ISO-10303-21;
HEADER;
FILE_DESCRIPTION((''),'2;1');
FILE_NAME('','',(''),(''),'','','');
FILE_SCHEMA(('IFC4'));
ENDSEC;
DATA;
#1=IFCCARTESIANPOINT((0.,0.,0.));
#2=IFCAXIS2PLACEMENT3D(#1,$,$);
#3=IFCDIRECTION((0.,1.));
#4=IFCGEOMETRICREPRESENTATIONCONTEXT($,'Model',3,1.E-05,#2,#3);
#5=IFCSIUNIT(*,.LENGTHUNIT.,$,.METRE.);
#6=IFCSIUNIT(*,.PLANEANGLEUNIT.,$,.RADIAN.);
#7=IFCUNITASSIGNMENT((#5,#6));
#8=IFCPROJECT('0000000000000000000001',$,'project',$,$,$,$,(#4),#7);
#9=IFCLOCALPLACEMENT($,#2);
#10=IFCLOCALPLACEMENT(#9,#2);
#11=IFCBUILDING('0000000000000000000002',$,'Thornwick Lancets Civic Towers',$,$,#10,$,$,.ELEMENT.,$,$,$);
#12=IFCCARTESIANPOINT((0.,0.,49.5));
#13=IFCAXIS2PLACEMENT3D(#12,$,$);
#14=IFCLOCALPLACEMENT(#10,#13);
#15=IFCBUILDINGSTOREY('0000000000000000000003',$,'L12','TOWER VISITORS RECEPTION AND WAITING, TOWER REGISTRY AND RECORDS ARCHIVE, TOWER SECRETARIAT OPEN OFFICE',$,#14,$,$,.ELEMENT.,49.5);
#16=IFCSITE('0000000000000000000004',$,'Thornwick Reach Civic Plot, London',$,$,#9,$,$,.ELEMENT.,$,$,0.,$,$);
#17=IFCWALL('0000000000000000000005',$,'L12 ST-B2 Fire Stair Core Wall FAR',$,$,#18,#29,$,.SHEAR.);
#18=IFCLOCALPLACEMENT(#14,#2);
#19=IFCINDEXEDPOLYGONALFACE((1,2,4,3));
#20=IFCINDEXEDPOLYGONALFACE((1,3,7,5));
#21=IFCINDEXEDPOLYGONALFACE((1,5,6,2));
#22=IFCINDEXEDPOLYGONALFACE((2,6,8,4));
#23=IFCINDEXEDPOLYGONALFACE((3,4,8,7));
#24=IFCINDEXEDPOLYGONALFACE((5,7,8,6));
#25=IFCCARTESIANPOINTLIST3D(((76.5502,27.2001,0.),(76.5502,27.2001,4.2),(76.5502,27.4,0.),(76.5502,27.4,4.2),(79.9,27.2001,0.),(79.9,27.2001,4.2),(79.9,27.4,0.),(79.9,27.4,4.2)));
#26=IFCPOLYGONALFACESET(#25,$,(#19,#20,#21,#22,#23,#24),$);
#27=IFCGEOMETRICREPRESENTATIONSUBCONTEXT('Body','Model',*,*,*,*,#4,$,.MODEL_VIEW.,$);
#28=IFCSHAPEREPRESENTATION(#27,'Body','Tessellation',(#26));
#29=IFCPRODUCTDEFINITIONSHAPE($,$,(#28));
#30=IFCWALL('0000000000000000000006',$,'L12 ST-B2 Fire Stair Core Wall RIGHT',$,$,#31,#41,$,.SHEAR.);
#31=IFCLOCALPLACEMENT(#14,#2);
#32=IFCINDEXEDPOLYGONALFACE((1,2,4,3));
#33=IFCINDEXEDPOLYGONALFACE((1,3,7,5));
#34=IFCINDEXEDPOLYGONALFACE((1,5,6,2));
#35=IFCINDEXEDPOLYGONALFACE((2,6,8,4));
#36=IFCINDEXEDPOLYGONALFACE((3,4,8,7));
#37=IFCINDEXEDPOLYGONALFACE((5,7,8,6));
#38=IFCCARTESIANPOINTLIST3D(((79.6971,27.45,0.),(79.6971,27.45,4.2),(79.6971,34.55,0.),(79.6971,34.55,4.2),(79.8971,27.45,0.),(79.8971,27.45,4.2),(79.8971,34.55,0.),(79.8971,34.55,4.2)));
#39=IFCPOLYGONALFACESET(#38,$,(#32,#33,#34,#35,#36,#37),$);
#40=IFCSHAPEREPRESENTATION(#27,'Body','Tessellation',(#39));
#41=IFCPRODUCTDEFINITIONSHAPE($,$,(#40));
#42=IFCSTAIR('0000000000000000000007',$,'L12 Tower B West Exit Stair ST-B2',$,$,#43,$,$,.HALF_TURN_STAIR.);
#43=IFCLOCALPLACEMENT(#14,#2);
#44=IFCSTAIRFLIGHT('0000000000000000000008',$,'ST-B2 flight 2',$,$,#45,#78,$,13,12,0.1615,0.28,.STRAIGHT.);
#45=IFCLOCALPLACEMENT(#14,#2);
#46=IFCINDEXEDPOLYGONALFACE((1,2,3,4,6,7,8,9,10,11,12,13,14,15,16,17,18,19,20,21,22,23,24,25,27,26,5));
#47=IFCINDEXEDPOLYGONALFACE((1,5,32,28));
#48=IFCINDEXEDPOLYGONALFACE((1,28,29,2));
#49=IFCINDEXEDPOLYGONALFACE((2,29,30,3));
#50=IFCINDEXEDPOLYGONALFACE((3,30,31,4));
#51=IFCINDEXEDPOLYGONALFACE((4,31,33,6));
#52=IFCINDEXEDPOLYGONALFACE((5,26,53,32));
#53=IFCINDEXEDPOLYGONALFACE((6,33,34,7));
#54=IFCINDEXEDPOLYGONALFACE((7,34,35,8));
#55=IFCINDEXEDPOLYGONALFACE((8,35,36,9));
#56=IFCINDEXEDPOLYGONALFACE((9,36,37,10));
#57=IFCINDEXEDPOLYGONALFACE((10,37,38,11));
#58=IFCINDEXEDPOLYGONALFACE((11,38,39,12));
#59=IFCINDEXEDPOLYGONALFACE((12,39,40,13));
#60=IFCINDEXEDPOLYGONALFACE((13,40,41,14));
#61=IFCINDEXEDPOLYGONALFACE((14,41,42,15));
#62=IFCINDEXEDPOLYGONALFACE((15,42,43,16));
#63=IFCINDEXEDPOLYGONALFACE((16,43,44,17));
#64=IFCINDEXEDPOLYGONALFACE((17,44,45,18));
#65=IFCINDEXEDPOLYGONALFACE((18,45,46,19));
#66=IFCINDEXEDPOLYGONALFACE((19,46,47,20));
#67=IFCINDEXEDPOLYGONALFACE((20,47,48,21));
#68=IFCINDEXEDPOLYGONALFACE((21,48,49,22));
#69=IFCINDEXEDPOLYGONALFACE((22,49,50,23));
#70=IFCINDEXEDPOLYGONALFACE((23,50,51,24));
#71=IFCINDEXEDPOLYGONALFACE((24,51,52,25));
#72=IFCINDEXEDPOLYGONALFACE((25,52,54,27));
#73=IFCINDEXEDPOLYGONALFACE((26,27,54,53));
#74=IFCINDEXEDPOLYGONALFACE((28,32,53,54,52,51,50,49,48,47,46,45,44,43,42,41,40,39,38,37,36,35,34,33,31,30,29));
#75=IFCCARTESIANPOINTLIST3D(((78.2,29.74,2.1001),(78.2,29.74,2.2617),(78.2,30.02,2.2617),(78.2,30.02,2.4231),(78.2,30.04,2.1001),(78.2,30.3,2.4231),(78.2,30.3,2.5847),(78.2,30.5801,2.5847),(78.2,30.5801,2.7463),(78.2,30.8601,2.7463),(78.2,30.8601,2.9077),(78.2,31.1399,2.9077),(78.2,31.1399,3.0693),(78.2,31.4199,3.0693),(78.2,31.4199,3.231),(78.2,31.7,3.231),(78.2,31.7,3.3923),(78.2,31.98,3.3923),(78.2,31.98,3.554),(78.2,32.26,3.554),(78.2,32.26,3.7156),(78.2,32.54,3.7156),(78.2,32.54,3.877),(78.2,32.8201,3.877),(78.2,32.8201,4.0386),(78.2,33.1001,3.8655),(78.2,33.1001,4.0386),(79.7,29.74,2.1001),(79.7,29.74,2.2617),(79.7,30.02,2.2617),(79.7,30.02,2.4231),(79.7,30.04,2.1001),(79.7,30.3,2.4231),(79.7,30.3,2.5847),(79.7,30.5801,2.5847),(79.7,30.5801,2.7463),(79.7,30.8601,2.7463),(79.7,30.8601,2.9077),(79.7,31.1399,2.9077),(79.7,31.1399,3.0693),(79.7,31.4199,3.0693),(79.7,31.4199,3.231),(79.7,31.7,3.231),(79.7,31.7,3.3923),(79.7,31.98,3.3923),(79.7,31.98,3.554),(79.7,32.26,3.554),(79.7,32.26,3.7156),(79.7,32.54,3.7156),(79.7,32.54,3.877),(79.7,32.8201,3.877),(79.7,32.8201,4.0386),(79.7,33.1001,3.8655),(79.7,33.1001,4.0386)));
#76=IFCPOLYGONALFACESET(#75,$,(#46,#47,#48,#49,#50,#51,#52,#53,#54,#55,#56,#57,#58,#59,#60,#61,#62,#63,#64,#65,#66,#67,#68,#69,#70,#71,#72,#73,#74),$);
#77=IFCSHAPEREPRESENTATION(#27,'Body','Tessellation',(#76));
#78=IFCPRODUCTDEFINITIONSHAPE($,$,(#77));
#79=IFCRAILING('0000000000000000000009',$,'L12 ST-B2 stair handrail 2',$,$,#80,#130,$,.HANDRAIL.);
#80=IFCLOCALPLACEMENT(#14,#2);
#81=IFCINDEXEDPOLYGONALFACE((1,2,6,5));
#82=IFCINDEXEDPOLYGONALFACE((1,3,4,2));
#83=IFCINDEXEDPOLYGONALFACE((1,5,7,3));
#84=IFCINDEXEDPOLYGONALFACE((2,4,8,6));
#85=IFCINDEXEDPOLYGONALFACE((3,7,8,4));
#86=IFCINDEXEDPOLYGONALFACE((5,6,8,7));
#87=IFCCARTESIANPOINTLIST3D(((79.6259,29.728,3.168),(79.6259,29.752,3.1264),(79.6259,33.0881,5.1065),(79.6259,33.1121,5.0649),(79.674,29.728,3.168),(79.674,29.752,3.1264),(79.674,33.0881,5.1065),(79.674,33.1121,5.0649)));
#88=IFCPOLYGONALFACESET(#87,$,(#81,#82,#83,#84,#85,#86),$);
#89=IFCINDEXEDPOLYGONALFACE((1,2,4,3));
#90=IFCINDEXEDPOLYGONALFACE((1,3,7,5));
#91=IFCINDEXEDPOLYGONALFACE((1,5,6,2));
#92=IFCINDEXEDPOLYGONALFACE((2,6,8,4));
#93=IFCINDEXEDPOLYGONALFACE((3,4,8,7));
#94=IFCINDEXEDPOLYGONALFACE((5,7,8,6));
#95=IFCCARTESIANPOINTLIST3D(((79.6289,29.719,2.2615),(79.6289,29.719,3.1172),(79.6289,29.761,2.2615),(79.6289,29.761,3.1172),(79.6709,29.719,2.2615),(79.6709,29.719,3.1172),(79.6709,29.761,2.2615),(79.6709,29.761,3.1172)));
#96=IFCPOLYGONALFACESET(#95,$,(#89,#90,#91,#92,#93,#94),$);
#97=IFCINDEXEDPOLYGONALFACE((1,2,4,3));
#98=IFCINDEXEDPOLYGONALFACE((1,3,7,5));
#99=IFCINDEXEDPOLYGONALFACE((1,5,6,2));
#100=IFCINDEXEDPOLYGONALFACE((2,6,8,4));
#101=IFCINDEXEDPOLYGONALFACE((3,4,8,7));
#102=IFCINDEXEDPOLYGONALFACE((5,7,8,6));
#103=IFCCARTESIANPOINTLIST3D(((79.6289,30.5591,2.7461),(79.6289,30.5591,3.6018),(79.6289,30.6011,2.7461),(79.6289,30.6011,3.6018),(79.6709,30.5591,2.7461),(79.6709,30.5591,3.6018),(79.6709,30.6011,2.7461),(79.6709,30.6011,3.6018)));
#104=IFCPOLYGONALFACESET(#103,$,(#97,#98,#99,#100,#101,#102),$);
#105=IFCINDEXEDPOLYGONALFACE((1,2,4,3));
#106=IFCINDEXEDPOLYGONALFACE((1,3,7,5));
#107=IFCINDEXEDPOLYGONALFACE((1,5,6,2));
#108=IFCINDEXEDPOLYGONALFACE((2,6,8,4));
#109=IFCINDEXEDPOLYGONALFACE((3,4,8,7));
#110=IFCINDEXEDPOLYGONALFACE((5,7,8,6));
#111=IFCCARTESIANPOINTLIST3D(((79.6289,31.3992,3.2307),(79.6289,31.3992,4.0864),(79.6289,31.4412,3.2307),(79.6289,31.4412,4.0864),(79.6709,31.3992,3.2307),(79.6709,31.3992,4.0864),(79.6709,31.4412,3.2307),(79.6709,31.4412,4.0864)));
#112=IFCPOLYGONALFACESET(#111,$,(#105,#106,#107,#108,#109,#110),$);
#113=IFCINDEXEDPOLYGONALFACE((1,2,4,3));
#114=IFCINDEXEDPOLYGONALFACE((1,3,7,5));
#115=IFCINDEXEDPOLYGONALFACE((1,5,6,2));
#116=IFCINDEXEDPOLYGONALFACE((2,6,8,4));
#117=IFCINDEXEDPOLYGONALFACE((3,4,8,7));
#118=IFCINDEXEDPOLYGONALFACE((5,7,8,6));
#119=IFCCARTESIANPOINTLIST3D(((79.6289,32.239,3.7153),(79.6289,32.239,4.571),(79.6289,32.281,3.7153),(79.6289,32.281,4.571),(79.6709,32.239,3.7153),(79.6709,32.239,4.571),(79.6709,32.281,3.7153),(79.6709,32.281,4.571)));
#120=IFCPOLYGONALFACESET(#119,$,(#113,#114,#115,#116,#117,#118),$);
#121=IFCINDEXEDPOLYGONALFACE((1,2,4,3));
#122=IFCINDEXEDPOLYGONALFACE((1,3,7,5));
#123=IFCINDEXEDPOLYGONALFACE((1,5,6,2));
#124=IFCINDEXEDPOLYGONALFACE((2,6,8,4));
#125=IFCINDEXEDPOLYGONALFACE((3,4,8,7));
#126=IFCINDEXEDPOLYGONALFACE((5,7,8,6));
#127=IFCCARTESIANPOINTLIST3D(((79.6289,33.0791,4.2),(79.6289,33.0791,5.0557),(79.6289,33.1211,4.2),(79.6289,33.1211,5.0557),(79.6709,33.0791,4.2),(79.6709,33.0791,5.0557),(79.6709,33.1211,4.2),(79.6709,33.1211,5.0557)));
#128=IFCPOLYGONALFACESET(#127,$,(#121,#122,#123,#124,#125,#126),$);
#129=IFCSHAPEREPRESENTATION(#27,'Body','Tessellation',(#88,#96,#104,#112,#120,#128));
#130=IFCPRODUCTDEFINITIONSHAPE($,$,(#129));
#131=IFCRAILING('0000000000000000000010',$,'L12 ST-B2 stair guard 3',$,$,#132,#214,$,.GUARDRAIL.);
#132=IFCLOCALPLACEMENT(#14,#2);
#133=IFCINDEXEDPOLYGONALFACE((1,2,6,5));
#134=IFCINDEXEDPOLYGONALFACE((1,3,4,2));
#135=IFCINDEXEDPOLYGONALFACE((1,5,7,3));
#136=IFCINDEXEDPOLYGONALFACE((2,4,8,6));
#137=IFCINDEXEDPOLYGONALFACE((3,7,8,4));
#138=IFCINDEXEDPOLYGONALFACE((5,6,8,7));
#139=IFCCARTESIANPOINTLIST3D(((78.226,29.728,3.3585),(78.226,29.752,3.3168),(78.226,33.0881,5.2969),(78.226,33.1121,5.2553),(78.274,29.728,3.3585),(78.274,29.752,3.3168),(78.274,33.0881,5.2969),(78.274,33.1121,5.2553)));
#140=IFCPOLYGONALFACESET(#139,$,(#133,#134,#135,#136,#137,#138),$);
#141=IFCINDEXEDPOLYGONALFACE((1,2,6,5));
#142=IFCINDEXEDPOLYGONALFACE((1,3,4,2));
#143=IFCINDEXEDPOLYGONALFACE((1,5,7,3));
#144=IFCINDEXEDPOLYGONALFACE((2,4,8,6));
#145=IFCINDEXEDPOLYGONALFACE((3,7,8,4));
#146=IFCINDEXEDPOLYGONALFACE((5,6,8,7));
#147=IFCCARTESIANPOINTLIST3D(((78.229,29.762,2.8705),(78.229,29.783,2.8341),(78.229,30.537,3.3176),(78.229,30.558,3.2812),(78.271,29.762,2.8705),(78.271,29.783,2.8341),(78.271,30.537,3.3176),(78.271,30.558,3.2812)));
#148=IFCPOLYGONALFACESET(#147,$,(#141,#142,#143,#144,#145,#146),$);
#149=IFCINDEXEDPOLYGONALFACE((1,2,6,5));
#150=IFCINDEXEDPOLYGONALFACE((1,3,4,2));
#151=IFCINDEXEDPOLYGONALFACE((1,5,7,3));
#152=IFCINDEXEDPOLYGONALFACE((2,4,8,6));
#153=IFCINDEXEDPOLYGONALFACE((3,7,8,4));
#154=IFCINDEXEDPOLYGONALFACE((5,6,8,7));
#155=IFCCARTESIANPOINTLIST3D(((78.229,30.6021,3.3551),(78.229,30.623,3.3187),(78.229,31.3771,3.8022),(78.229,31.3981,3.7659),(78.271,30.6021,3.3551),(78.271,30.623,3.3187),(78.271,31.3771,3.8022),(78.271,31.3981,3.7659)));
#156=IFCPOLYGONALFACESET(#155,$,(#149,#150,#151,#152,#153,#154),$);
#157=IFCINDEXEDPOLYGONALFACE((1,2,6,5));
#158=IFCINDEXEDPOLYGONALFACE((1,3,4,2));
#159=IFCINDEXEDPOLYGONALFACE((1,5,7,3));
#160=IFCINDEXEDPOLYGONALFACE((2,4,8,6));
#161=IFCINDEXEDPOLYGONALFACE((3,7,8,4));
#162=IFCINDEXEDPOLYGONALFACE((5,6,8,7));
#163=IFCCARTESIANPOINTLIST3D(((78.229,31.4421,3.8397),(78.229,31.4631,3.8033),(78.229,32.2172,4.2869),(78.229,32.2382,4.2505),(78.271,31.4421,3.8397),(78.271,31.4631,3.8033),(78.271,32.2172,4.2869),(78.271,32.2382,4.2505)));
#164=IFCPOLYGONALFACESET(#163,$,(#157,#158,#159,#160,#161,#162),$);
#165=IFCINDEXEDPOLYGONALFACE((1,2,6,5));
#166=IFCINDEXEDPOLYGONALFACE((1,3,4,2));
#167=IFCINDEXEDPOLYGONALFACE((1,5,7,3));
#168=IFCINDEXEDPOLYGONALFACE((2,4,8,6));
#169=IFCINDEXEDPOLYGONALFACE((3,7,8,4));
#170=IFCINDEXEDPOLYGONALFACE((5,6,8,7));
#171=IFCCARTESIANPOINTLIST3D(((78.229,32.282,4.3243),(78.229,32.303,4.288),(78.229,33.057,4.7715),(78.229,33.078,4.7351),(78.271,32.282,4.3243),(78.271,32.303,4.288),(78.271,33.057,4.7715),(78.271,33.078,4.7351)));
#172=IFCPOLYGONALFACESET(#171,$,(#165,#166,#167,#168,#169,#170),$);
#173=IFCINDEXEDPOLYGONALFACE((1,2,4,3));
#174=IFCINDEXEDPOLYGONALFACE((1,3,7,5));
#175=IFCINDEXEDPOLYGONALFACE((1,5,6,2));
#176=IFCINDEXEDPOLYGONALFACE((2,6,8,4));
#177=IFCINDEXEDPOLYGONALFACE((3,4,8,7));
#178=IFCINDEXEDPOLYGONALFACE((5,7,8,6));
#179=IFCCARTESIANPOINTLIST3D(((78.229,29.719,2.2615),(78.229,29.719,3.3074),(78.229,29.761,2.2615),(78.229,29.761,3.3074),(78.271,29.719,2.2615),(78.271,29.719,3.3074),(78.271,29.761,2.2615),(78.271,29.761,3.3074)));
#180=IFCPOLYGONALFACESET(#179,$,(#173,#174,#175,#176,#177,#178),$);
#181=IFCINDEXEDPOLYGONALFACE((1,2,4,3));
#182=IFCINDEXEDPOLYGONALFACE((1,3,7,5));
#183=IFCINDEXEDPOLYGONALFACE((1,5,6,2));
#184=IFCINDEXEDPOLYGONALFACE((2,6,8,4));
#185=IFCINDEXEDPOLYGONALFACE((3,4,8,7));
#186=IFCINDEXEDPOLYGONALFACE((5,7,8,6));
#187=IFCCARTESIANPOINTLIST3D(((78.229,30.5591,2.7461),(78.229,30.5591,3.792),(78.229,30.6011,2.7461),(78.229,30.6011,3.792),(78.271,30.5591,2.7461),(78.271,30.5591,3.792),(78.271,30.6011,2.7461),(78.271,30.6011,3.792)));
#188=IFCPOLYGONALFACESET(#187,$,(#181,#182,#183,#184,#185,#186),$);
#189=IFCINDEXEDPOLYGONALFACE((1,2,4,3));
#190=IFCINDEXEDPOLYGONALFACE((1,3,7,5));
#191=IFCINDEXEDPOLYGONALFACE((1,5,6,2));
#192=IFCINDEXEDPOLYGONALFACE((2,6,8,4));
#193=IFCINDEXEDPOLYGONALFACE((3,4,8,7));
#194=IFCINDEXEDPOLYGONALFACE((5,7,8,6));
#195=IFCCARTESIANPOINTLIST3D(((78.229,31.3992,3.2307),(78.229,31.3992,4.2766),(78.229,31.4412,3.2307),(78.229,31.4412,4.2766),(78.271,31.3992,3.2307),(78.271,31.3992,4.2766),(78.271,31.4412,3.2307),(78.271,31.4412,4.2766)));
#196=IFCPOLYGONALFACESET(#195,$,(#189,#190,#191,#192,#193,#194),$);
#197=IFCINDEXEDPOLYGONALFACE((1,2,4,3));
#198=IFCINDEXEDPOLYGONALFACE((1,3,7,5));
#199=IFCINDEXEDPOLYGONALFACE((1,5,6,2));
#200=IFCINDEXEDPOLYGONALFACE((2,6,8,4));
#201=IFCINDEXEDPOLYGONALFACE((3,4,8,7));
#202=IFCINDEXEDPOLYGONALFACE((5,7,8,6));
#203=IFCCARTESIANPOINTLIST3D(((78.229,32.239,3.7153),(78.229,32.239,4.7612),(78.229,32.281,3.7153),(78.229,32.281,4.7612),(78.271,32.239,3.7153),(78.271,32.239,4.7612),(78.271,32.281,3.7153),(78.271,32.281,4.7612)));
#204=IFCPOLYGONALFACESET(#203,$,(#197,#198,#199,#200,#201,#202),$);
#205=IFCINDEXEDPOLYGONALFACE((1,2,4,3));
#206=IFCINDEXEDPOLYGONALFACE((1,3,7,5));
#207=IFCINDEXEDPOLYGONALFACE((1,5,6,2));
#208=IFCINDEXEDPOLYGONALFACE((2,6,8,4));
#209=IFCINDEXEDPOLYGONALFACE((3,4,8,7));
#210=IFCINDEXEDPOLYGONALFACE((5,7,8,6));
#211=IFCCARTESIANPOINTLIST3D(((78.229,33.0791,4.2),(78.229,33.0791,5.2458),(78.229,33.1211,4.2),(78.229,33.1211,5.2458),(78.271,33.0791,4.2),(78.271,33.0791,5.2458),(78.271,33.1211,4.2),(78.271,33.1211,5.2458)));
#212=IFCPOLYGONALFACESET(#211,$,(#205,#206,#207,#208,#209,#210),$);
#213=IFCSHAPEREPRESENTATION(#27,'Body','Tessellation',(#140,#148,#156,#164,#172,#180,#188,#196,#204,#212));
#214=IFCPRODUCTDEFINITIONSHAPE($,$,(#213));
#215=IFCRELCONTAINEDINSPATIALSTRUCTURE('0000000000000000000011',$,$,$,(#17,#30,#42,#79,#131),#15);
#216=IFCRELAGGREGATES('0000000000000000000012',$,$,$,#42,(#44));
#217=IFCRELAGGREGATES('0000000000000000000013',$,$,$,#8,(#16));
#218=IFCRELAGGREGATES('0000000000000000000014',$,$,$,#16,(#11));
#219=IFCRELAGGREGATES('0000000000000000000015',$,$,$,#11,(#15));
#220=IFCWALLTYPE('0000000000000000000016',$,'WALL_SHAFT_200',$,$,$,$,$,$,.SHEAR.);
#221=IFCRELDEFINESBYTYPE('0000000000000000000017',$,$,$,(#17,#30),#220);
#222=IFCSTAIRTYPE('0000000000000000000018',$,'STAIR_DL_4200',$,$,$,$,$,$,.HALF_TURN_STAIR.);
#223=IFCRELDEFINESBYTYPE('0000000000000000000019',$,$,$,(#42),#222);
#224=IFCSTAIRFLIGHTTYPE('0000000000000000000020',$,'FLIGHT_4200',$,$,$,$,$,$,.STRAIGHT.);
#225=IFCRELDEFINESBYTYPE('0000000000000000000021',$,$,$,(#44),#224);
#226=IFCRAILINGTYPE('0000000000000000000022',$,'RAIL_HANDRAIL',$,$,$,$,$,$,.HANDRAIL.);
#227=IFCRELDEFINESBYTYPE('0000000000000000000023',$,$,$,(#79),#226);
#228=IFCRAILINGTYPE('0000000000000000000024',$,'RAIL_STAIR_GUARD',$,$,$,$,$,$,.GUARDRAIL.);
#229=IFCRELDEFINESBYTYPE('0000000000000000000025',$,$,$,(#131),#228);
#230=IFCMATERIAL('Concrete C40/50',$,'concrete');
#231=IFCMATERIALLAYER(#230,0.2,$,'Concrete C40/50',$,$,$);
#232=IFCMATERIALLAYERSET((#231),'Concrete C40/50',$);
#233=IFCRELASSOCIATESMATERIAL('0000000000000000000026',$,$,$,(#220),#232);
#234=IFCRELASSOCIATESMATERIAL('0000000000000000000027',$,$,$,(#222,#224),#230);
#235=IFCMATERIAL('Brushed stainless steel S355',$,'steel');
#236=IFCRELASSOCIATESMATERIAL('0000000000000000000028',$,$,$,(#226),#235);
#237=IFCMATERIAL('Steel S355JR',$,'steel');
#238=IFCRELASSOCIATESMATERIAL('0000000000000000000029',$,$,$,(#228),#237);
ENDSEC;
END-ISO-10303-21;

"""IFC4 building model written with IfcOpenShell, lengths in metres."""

from ifc_helpers import new_model, si_unit, direction, frame, frame_2d, origin, origin_2d, place, context, subcontext, project, spatial, polyline, rectangle, outline, extrude, material, layer, layer_set, type_object, element, aggregate, save


model = new_model("IFC4")

# Units and contexts
model_context = context("Model", 3, precision=1e-05, world=origin(), true_north=direction((0.0, 1.0)))
body_context = subcontext(model_context, "Body", "Model", "MODEL_VIEW")
ifc_project = project(units=[si_unit("LENGTHUNIT", "METRE"), si_unit("PLANEANGLEUNIT", "RADIAN")], contexts=[model_context])

# Site, building, storey
site_placement = place(None, origin())
site = spatial("IfcSite", under=ifc_project, at=site_placement, Name="Thornwick Reach Civic Plot, London", CompositionType="ELEMENT", RefElevation=0.0)
building_placement = place(site_placement, origin())
building = spatial("IfcBuilding", under=site, at=building_placement, Name="Thornwick Lancets Civic Towers", CompositionType="ELEMENT")
storey_placement = place(building_placement, frame((0.0, 0.0, 49.5)))
storey = spatial("IfcBuildingStorey", under=building, at=storey_placement, Name="L12", Description="TOWER VISITORS RECEPTION AND WAITING, TOWER REGISTRY AND RECORDS ARCHIVE, TOWER SECRETARIAT OPEN OFFICE", CompositionType="ELEMENT", Elevation=49.5)

# Shared definitions
ifc_material_1 = material(Name="Steel S355JR", Category="steel")

# Walls
ifc_material_2 = material(Name="Concrete C40/50", Category="concrete")
ifc_layer_1 = layer(ifc_material_2, 0.2, Name="Concrete C40/50")
ifc_layer_set_1 = layer_set([ifc_layer_1], Name="Concrete C40/50")
wall_type_1 = type_object("IfcWallType", Name="WALL_SHAFT_200", PredefinedType="SHEAR", material=ifc_layer_set_1)
wall_1_placement = place(storey_placement, frame((79.8999, 27.3, 0.0), z_axis=(0.0, 0.0, 1.0), x_axis=(-1.0, 0.0, 0.0)))
element("IfcWall", 1, at=wall_1_placement, inside=storey, type_object=wall_type_1, Name="L12 ST-B2 Fire Stair Core Wall FAR", PredefinedType="SHEAR", context=body_context, shape_type="SweptSolid", body=[
    extrude(rectangle(XDim=3.3499, YDim=0.2, at=frame_2d((1.6748, 0.0))), origin(), (0.0, 0.0, 1.0), 4.2),
])
wall_2_placement = place(storey_placement, frame((79.7971, 27.45, 0.0), z_axis=(0.0, 0.0, 1.0), x_axis=(0.0, 1.0, 0.0)))
element("IfcWall", 2, at=wall_2_placement, inside=storey, type_object=wall_type_1, Name="L12 ST-B2 Fire Stair Core Wall RIGHT", PredefinedType="SHEAR", context=body_context, shape_type="SweptSolid", body=[
    extrude(rectangle(XDim=7.1001, YDim=0.2, at=frame_2d((3.55, 0.0))), origin(), (0.0, 0.0, 1.0), 4.2),
])

# Stair, stair flight
stair_type = type_object("IfcStairType", Name="STAIR_DL_4200", PredefinedType="HALF_TURN_STAIR", material=ifc_material_2)
stair_placement = place(storey_placement, origin())
stair = element("IfcStair", 3, at=stair_placement, inside=storey, type_object=stair_type, Name="L12 Tower B West Exit Stair ST-B2", PredefinedType="HALF_TURN_STAIR")
stair_flight_type = type_object("IfcStairFlightType", Name="FLIGHT_4200", PredefinedType="STRAIGHT", material=ifc_material_2)
stair_flight_placement = place(storey_placement, frame((78.95, 29.74, 2.1001), z_axis=(0.0, 0.0, 1.0), x_axis=(0.0, 1.0, 0.0)))
stair_flight = element("IfcStairFlight", 4, at=stair_flight_placement, type_object=stair_flight_type, Name="ST-B2 flight 2", NumberOfRisers=13, NumberOfTreads=12, PredefinedType="STRAIGHT", RiserHeight=0.1615, TreadLength=0.28, context=body_context, shape_type="SweptSolid", body=[
    extrude(outline(polyline([(0.0, 0.0), (0.0, 0.1616), (0.28, 0.1616), (0.28, 0.323), (0.5601, 0.323), (0.5601, 0.4846), (0.8401, 0.4846), (0.8401, 0.6462), (1.1201, 0.6462), (1.1201, 0.8076), (1.3999, 0.8076), (1.3999, 0.9692), (1.6799, 0.9692), (1.6799, 1.1309), (1.96, 1.1309), (1.96, 1.2922), (2.24, 1.2922), (2.24, 1.4539), (2.52, 1.4539), (2.52, 1.6155), (2.8, 1.6155), (2.8, 1.7769), (3.0801, 1.7769), (3.0801, 1.9385), (3.3601, 1.9385), (3.3601, 2.1001), (3.3601, 1.7654), (0.3, 0.0), (0.0, 0.0)])), frame((0.0, 0.75, 0.0), z_axis=(0.0, -1.0, 0.0), x_axis=(1.0, 0.0, 0.0)), (0.0, 0.0, 1.0), 1.5),
])
aggregate(stair, [stair_flight])

# Railings
ifc_material_3 = material(Name="Brushed stainless steel S355", Category="steel")
railing_type_1 = type_object("IfcRailingType", Name="RAIL_HANDRAIL", PredefinedType="HANDRAIL", material=ifc_material_3)
railing_1_placement = place(storey_placement, frame((79.6499, 29.74, 2.2615)))
element("IfcRailing", 5, at=railing_1_placement, inside=storey, type_object=railing_type_1, Name="L12 ST-B2 stair handrail 2", PredefinedType="HANDRAIL", context=body_context, shape_type="SweptSolid", body=[
    extrude(rectangle(XDim=0.0481, YDim=0.0481, at=origin_2d()), frame((0.0, 0.0, 0.8857), z_axis=(0.0, 0.866191, 0.499713), x_axis=(-1.0, 0.0, 0.0)), (0.0, 0.0, 1.0), 3.8792),
    extrude(rectangle(XDim=0.042, YDim=0.042, at=origin_2d()), origin(), (0.0, 0.0, 1.0), 0.8557),
    extrude(rectangle(XDim=0.042, YDim=0.042, at=origin_2d()), frame((0.0, 0.8401, 0.4846)), (0.0, 0.0, 1.0), 0.8557),
    extrude(rectangle(XDim=0.042, YDim=0.042, at=origin_2d()), frame((0.0, 1.6802, 0.9692)), (0.0, 0.0, 1.0), 0.8557),
    extrude(rectangle(XDim=0.042, YDim=0.042, at=origin_2d()), frame((0.0, 2.52, 1.4539)), (0.0, 0.0, 1.0), 0.8557),
    extrude(rectangle(XDim=0.042, YDim=0.042, at=origin_2d()), frame((0.0, 3.3601, 1.9385)), (0.0, 0.0, 1.0), 0.8557),
])
railing_type_2 = type_object("IfcRailingType", Name="RAIL_STAIR_GUARD", PredefinedType="GUARDRAIL", material=ifc_material_1)
railing_2_placement = place(storey_placement, frame((78.25, 29.74, 2.2615)))
element("IfcRailing", 6, at=railing_2_placement, inside=storey, type_object=railing_type_2, Name="L12 ST-B2 stair guard 3", PredefinedType="GUARDRAIL", context=body_context, shape_type="SweptSolid", body=[
    extrude(rectangle(XDim=0.0481, YDim=0.0481, at=origin_2d()), frame((0.0, 0.0, 1.0762), z_axis=(0.0, 0.866191, 0.499713), x_axis=(-1.0, 0.0, 0.0)), (0.0, 0.0, 1.0), 3.8792),
    extrude(rectangle(XDim=0.042, YDim=0.042, at=origin_2d()), frame((0.0, 0.0325, 0.5908), z_axis=(0.0, 0.866191, 0.499713), x_axis=(-1.0, 0.0, 0.0)), (0.0, 0.0, 1.0), 0.8948),
    extrude(rectangle(XDim=0.042, YDim=0.042, at=origin_2d()), frame((0.0, 0.8726, 1.0754), z_axis=(0.0, 0.866191, 0.499713), x_axis=(-1.0, 0.0, 0.0)), (0.0, 0.0, 1.0), 0.8948),
    extrude(rectangle(XDim=0.042, YDim=0.042, at=origin_2d()), frame((0.0, 1.7126, 1.5601), z_axis=(0.0, 0.866191, 0.499713), x_axis=(-1.0, 0.0, 0.0)), (0.0, 0.0, 1.0), 0.8948),
    extrude(rectangle(XDim=0.042, YDim=0.042, at=origin_2d()), frame((0.0, 2.5525, 2.0447), z_axis=(0.0, 0.866191, 0.499713), x_axis=(-1.0, 0.0, 0.0)), (0.0, 0.0, 1.0), 0.8948),
    extrude(rectangle(XDim=0.042, YDim=0.042, at=origin_2d()), origin(), (0.0, 0.0, 1.0), 1.0459),
    extrude(rectangle(XDim=0.042, YDim=0.042, at=origin_2d()), frame((0.0, 0.8401, 0.4846)), (0.0, 0.0, 1.0), 1.0459),
    extrude(rectangle(XDim=0.042, YDim=0.042, at=origin_2d()), frame((0.0, 1.6802, 0.9692)), (0.0, 0.0, 1.0), 1.0459),
    extrude(rectangle(XDim=0.042, YDim=0.042, at=origin_2d()), frame((0.0, 2.52, 1.4539)), (0.0, 0.0, 1.0), 1.0459),
    extrude(rectangle(XDim=0.042, YDim=0.042, at=origin_2d()), frame((0.0, 3.3601, 1.9385)), (0.0, 0.0, 1.0), 1.0459),
])

save(model, "model.ifc")
